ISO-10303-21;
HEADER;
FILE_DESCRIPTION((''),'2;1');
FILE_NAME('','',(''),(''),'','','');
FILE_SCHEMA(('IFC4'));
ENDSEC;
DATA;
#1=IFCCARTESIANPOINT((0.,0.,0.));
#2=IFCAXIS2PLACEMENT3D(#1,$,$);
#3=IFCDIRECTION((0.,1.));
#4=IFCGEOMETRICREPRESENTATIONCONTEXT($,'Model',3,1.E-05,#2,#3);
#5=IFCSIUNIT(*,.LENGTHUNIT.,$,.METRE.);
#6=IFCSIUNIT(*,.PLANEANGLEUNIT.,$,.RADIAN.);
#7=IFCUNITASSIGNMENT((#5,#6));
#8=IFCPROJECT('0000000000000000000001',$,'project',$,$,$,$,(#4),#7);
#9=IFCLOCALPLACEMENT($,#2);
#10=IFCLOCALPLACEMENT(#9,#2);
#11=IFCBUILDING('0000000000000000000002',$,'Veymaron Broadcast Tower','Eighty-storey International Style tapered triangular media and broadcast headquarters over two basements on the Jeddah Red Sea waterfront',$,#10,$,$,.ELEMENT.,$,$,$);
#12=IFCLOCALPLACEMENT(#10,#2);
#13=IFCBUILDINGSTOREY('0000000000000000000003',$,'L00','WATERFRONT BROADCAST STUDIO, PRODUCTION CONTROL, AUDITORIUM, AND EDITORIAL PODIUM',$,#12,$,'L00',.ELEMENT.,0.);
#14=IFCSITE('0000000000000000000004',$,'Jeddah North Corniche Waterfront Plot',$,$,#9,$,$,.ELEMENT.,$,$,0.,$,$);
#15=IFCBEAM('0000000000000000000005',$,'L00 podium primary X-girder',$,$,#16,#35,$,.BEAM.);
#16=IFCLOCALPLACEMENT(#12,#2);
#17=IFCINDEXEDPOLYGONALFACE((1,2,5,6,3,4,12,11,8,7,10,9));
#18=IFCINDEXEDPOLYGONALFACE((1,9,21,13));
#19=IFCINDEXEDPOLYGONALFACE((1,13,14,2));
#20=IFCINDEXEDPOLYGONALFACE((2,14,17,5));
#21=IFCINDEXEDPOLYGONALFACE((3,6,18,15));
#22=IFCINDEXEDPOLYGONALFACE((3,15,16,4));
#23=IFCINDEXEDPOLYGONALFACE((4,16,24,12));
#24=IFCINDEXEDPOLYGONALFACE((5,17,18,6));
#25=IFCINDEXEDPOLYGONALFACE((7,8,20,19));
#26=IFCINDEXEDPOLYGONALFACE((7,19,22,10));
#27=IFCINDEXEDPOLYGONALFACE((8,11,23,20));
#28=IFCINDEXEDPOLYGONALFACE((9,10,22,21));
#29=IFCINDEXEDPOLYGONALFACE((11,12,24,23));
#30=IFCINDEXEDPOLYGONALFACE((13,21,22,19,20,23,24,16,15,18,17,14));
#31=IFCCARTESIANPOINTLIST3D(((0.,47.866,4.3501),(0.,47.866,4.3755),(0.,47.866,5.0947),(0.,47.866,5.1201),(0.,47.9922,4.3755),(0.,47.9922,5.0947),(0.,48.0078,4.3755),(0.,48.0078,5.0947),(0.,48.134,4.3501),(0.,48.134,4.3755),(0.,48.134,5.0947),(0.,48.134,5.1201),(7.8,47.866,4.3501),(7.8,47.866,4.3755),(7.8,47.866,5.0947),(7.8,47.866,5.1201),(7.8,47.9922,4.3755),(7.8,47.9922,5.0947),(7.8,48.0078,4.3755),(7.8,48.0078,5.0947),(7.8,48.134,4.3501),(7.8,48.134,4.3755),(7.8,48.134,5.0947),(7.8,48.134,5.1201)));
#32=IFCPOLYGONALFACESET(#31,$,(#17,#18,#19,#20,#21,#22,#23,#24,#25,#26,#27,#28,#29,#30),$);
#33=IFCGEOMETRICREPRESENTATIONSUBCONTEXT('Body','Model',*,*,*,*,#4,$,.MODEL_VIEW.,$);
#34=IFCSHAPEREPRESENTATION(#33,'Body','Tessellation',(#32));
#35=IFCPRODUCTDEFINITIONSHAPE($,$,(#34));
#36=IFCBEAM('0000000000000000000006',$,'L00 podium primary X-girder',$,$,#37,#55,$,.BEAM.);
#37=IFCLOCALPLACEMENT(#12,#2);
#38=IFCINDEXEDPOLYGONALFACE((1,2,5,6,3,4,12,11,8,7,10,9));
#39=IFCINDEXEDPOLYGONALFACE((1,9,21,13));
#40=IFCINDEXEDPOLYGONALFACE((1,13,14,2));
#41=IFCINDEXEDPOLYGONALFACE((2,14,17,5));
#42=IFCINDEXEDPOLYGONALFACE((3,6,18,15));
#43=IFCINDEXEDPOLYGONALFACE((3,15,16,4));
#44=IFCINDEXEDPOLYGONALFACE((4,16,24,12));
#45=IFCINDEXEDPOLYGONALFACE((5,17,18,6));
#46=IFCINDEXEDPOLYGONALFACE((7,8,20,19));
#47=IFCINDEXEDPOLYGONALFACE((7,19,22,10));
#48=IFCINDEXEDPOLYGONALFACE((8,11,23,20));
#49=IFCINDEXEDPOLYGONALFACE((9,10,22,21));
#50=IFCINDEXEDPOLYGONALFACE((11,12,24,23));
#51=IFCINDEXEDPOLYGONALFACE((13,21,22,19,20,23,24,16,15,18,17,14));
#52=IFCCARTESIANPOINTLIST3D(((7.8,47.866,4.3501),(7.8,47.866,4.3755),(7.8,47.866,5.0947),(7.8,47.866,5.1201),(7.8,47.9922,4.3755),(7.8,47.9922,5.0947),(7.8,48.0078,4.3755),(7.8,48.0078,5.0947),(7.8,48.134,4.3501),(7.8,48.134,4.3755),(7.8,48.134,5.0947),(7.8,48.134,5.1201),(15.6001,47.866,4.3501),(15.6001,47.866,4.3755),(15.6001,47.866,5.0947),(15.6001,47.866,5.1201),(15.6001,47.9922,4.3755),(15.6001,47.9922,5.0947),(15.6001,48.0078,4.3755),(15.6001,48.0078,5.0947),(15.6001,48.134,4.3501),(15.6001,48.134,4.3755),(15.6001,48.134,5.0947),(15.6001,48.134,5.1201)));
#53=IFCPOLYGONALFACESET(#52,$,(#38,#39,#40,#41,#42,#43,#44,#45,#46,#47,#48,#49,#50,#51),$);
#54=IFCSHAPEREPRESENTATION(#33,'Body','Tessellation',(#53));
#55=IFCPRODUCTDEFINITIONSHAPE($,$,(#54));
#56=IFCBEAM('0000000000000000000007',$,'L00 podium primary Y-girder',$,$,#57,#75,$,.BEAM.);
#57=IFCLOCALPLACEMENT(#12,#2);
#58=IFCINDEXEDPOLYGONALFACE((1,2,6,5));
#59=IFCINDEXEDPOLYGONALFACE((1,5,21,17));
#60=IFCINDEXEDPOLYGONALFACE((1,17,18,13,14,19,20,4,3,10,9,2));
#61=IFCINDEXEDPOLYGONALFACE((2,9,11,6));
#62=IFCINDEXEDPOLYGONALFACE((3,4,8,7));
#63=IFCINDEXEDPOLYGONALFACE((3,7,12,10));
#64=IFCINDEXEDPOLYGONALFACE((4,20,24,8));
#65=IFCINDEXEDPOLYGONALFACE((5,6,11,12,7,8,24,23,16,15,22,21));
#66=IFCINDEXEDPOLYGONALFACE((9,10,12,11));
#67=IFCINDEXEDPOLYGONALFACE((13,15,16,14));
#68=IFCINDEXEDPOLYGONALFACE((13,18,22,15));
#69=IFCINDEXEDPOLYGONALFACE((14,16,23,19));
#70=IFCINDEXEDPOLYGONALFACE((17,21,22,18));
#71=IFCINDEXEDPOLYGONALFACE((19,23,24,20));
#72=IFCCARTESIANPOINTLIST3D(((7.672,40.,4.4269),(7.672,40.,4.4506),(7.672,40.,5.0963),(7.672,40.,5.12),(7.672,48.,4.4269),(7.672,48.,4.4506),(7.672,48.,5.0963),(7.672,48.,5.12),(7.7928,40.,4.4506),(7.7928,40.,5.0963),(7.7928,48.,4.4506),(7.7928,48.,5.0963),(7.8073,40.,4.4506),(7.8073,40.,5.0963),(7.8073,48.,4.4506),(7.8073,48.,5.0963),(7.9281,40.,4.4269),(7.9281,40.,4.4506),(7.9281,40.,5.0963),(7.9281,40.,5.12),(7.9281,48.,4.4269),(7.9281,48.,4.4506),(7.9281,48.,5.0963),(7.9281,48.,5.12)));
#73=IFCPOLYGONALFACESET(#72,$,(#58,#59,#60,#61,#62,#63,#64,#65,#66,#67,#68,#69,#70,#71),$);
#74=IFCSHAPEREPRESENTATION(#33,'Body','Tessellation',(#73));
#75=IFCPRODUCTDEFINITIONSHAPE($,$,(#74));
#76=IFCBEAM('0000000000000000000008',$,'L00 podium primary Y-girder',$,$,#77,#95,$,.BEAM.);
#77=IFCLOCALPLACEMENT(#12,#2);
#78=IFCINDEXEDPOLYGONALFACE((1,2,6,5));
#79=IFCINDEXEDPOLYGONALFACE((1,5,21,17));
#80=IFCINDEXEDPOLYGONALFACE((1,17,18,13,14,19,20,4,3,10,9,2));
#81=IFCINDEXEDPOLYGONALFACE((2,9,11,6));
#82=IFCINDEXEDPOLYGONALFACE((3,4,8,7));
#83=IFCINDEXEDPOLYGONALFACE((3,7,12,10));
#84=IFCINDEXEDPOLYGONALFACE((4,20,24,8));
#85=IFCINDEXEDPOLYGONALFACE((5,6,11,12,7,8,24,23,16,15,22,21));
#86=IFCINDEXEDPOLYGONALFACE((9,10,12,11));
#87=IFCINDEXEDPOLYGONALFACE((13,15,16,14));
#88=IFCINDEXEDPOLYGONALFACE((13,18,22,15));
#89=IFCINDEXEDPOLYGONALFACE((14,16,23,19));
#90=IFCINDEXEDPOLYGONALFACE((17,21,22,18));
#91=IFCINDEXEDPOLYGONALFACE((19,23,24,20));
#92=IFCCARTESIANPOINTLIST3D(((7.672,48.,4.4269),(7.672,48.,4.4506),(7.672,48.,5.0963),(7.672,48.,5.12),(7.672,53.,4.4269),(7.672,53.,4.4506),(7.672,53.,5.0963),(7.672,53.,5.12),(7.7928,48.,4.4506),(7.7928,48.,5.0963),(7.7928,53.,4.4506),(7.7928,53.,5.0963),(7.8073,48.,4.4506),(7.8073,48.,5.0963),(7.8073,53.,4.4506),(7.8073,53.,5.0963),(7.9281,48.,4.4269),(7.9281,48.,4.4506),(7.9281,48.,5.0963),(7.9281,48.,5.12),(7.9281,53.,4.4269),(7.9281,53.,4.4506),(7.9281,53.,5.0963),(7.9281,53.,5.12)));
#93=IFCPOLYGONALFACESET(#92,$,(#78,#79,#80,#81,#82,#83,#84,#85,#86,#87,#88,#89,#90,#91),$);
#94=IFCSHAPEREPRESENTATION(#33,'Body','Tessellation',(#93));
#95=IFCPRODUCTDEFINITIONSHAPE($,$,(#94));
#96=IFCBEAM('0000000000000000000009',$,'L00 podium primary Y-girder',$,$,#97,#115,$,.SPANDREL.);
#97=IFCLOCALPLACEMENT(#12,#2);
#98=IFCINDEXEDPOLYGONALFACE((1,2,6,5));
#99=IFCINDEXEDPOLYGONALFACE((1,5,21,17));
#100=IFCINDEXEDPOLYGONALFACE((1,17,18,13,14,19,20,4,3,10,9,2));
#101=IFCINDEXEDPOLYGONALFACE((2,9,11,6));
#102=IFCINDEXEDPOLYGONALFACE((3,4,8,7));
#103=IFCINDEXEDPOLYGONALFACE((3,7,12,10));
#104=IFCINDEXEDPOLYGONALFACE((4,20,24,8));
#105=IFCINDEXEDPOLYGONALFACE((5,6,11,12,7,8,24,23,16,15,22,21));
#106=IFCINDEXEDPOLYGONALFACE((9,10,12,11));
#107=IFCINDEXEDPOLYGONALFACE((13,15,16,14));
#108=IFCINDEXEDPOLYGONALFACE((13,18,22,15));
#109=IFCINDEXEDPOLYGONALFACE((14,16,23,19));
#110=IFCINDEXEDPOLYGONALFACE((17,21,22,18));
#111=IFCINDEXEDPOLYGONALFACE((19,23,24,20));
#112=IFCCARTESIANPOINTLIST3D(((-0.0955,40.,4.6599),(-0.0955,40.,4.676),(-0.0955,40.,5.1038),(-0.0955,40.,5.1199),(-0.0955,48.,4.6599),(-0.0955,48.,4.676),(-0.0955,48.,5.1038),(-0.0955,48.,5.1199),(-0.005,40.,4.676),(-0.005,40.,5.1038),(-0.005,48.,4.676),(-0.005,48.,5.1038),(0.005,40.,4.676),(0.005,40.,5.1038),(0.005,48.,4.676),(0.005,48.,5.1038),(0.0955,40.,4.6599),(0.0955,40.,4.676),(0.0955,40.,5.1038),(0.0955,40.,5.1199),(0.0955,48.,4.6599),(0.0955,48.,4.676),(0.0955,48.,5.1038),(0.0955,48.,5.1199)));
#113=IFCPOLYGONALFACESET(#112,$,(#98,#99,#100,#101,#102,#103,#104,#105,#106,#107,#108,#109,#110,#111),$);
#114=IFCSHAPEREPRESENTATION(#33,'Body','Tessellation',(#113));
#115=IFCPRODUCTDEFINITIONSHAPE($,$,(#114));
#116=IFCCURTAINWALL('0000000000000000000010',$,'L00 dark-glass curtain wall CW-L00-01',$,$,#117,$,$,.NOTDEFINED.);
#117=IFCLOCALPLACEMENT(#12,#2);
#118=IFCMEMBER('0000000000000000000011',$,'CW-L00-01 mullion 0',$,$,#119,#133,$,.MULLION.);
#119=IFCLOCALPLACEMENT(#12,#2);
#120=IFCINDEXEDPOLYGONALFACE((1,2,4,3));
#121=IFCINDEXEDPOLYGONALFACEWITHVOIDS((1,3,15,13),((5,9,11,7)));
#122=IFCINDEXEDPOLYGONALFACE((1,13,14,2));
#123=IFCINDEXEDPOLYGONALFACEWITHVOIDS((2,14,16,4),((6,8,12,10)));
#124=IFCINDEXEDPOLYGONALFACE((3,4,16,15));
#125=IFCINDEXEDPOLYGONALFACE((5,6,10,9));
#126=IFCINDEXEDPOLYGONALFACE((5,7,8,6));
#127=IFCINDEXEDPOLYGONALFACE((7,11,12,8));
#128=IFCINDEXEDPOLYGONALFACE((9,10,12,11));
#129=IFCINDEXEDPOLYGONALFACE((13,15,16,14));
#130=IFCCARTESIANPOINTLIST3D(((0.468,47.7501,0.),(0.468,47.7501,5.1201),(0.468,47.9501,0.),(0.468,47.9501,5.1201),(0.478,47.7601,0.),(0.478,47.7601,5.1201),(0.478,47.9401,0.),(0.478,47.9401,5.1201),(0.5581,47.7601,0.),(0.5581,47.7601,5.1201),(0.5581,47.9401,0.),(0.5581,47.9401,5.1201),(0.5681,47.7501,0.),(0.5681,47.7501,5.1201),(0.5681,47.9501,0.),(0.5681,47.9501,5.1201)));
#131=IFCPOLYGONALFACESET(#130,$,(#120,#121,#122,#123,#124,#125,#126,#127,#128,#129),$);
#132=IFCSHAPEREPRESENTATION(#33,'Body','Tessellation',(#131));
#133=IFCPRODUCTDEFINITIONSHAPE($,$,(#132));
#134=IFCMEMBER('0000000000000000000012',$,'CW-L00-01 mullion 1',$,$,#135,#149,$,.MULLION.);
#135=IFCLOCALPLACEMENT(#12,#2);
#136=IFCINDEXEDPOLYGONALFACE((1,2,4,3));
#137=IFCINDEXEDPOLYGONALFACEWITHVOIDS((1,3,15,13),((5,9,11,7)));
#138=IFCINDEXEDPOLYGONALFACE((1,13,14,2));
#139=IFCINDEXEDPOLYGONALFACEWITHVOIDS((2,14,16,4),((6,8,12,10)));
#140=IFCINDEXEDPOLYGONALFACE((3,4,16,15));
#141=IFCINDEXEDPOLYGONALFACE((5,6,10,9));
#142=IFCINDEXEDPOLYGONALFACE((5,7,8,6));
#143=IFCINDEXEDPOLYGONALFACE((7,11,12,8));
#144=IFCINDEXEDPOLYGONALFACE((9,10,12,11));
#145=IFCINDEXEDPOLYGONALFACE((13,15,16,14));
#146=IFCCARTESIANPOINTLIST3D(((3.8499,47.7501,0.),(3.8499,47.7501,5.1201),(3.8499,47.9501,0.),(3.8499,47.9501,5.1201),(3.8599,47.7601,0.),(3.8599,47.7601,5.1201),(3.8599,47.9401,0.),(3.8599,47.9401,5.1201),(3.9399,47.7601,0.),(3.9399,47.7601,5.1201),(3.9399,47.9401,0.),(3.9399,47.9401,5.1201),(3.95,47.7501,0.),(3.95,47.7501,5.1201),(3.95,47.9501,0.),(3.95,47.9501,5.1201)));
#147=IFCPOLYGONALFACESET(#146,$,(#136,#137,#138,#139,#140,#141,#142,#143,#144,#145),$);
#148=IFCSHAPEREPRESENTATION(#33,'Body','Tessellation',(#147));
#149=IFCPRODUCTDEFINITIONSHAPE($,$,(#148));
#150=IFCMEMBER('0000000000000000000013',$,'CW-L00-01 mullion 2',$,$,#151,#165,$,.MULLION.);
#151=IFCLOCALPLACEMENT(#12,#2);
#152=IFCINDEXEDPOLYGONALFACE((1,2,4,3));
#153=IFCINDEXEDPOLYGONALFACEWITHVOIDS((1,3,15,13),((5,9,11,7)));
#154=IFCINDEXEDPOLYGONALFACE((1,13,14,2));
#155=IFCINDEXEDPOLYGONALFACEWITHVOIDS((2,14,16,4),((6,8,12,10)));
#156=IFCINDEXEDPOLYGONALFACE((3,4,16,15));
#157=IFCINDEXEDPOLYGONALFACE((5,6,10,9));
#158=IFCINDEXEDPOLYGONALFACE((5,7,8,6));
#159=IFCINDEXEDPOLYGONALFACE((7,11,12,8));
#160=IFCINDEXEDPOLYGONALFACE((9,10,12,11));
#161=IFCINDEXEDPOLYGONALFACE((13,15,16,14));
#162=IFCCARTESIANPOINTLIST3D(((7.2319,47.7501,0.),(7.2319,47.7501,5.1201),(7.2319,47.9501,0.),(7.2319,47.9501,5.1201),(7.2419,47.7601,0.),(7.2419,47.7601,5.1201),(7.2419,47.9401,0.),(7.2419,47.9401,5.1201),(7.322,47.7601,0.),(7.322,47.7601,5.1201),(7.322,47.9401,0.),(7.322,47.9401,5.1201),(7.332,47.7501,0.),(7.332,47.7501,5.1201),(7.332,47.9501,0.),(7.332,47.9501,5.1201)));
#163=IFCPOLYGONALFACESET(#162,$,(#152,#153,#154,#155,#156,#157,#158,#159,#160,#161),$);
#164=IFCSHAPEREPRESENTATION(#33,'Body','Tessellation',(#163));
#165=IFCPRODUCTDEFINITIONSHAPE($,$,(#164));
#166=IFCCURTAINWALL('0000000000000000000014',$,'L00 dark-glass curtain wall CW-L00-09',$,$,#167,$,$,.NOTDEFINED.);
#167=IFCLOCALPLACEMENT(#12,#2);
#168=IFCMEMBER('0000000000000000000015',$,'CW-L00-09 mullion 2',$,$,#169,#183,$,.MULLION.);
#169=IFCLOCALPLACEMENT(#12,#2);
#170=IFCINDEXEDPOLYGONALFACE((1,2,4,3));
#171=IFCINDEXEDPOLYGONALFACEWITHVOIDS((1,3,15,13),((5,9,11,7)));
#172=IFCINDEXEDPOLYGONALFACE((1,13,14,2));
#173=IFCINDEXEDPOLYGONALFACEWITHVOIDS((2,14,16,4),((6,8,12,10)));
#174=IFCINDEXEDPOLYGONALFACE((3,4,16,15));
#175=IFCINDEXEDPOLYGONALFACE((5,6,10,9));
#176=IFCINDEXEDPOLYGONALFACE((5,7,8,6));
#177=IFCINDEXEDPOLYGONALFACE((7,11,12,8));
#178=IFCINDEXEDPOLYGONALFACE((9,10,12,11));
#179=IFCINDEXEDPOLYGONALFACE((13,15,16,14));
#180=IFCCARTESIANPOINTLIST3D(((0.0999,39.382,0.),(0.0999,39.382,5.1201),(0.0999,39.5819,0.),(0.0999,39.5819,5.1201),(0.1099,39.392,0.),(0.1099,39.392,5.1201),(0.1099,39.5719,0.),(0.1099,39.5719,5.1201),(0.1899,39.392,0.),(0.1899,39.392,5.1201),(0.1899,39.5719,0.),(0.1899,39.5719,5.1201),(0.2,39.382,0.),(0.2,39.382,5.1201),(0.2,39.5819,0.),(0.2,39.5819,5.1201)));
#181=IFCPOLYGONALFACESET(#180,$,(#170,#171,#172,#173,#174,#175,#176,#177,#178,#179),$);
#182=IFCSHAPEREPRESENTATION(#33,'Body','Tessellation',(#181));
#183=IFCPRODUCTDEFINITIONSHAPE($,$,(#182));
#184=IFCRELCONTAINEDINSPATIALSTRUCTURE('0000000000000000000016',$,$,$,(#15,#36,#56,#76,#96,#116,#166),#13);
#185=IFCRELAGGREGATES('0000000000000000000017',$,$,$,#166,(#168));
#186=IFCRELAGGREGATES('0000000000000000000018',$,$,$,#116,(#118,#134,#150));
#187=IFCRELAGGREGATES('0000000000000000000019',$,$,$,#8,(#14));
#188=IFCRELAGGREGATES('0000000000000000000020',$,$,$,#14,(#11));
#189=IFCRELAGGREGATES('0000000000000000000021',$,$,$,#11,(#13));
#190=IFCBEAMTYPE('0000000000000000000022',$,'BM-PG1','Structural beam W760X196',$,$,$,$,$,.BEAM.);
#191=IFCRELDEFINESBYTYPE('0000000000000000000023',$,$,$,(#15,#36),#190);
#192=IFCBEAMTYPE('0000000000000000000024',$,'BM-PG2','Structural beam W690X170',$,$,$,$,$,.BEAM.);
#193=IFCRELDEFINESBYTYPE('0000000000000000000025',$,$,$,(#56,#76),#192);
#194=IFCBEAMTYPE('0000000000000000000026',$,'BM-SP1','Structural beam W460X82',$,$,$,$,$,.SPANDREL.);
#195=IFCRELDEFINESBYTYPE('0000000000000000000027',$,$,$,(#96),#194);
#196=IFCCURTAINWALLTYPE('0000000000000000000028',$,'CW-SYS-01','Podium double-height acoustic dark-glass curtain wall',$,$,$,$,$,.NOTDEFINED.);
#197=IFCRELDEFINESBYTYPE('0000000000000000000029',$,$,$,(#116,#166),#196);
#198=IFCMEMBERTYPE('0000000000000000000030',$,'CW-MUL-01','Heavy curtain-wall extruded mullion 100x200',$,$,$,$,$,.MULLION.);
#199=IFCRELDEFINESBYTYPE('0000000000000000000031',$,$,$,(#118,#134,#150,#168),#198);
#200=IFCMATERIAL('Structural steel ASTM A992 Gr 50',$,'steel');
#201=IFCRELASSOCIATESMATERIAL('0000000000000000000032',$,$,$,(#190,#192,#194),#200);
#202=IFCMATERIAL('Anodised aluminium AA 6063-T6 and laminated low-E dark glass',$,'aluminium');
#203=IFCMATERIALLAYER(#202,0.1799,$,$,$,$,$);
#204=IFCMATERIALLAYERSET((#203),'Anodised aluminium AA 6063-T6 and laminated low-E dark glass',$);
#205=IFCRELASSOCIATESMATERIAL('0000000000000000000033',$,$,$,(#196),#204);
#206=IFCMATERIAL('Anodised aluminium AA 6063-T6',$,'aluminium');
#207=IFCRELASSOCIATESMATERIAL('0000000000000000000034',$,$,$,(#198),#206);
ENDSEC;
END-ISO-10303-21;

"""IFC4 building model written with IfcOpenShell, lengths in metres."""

from ifc_helpers import new_model, si_unit, direction, frame, origin, origin_2d, place, context, subcontext, project, spatial, hollow_rectangle, i_section, extrude, material, layer, layer_set, material_profile, profile_set, type_object, element, aggregate, save


model = new_model("IFC4")

# Units and contexts
model_context = context("Model", 3, precision=1e-05, world=origin(), true_north=direction((0.0, 1.0)))
body_context = subcontext(model_context, "Body", "Model", "MODEL_VIEW")
ifc_project = project(units=[si_unit("LENGTHUNIT", "METRE"), si_unit("PLANEANGLEUNIT", "RADIAN")], contexts=[model_context])

# Site, building, storey
site_placement = place(None, origin())
site = spatial("IfcSite", under=ifc_project, at=site_placement, Name="Jeddah North Corniche Waterfront Plot", CompositionType="ELEMENT", RefElevation=0.0)
building_placement = place(site_placement, origin())
building = spatial("IfcBuilding", under=site, at=building_placement, Name="Veymaron Broadcast Tower", Description="Eighty-storey International Style tapered triangular media and broadcast headquarters over two basements on the Jeddah Red Sea waterfront", CompositionType="ELEMENT")
storey_placement = place(building_placement, origin())
storey = spatial("IfcBuildingStorey", under=building, at=storey_placement, Name="L00", Description="WATERFRONT BROADCAST STUDIO, PRODUCTION CONTROL, AUDITORIUM, AND EDITORIAL PODIUM", LongName="L00", CompositionType="ELEMENT", Elevation=0.0)

# Shared definitions
ifc_material_1 = material(Name="Structural steel ASTM A992 Gr 50", Category="steel")

# Beams
ifc_material_profile_1 = material_profile(ifc_material_1, i_section(OverallWidth=0.2681, OverallDepth=0.77, WebThickness=0.0156, FlangeThickness=0.0254, at=origin_2d()), Name="W760X196")
ifc_profile_set_1 = profile_set([ifc_material_profile_1], Name="Structural steel ASTM A992 Gr 50")
beam_type_1 = type_object("IfcBeamType", Name="BM-PG1", Description="Structural beam W760X196", PredefinedType="BEAM", material=ifc_profile_set_1)
for number, where, z_axis, x_axis, name in (
    (1, (0.0, 48.0, 4.7351), (1.0, 0.0, 0.0), (0.0, 1.0, 0.0), "L00 podium primary X-girder"),
    (2, (7.8, 48.0, 4.7351), (1.0, 0.0, 0.0), (0.0, 1.0, 0.0), "L00 podium primary X-girder"),
):
    element("IfcBeam", number, at=place(storey_placement, frame(where, z_axis=z_axis, x_axis=x_axis)), inside=storey, type_object=beam_type_1, Name=name, PredefinedType="BEAM", context=body_context, shape_type="SweptSolid", body=[
        extrude(i_section(OverallWidth=0.2681, OverallDepth=0.77, WebThickness=0.0156, FlangeThickness=0.0254, at=origin_2d()), origin(), (0.0, 0.0, 1.0), 7.8),
    ])
ifc_material_profile_2 = material_profile(ifc_material_1, i_section(OverallWidth=0.2561, OverallDepth=0.6931, WebThickness=0.0144, FlangeThickness=0.0237, at=origin_2d()), Name="W690X170")
ifc_profile_set_2 = profile_set([ifc_material_profile_2], Name="Structural steel ASTM A992 Gr 50")
beam_type_2 = type_object("IfcBeamType", Name="BM-PG2", Description="Structural beam W690X170", PredefinedType="BEAM", material=ifc_profile_set_2)
beam_1_placement = place(storey_placement, frame((7.8, 40.0, 4.7734), z_axis=(0.0, 1.0, 0.0), x_axis=(-1.0, 0.0, 0.0)))
element("IfcBeam", 3, at=beam_1_placement, inside=storey, type_object=beam_type_2, Name="L00 podium primary Y-girder", PredefinedType="BEAM", context=body_context, shape_type="SweptSolid", body=[
    extrude(i_section(OverallWidth=0.2561, OverallDepth=0.6931, WebThickness=0.0144, FlangeThickness=0.0237, at=origin_2d()), origin(), (0.0, 0.0, 1.0), 8.0),
])
beam_2_placement = place(storey_placement, frame((7.8, 48.0, 4.7734), z_axis=(0.0, 1.0, 0.0), x_axis=(-1.0, 0.0, 0.0)))
element("IfcBeam", 4, at=beam_2_placement, inside=storey, type_object=beam_type_2, Name="L00 podium primary Y-girder", PredefinedType="BEAM", context=body_context, shape_type="SweptSolid", body=[
    extrude(i_section(OverallWidth=0.2561, OverallDepth=0.6931, WebThickness=0.0144, FlangeThickness=0.0237, at=origin_2d()), origin(), (0.0, 0.0, 1.0), 5.0),
])
ifc_material_profile_3 = material_profile(ifc_material_1, i_section(OverallWidth=0.1909, OverallDepth=0.46, WebThickness=0.01, FlangeThickness=0.0161, at=origin_2d()), Name="W460X82")
ifc_profile_set_3 = profile_set([ifc_material_profile_3], Name="Structural steel ASTM A992 Gr 50")
beam_type_3 = type_object("IfcBeamType", Name="BM-SP1", Description="Structural beam W460X82", PredefinedType="SPANDREL", material=ifc_profile_set_3)
beam_3_placement = place(storey_placement, frame((0.0, 40.0, 4.8899), z_axis=(0.0, 1.0, 0.0), x_axis=(-1.0, 0.0, 0.0)))
element("IfcBeam", 5, at=beam_3_placement, inside=storey, type_object=beam_type_3, Name="L00 podium primary Y-girder", PredefinedType="SPANDREL", context=body_context, shape_type="SweptSolid", body=[
    extrude(i_section(OverallWidth=0.1909, OverallDepth=0.46, WebThickness=0.01, FlangeThickness=0.0161, at=origin_2d()), origin(), (0.0, 0.0, 1.0), 8.0),
])

# Curtain wall, members
ifc_material_2 = material(Name="Anodised aluminium AA 6063-T6 and laminated low-E dark glass", Category="aluminium")
ifc_layer_1 = layer(ifc_material_2, 0.1799)
ifc_layer_set_1 = layer_set([ifc_layer_1], Name="Anodised aluminium AA 6063-T6 and laminated low-E dark glass")
curtain_wall_type = type_object("IfcCurtainWallType", Name="CW-SYS-01", Description="Podium double-height acoustic dark-glass curtain wall", PredefinedType="NOTDEFINED", material=ifc_layer_set_1)
curtain_wall_1_placement = place(storey_placement, origin())
curtain_wall_1 = element("IfcCurtainWall", 6, at=curtain_wall_1_placement, inside=storey, type_object=curtain_wall_type, Name="L00 dark-glass curtain wall CW-L00-01", PredefinedType="NOTDEFINED")
ifc_material_3 = material(Name="Anodised aluminium AA 6063-T6", Category="aluminium")
ifc_material_profile_4 = material_profile(ifc_material_3, hollow_rectangle(XDim=0.1001, YDim=0.2, WallThickness=0.01, at=origin_2d()), Name="RHS200X100X10")
ifc_profile_set_4 = profile_set([ifc_material_profile_4], Name="Anodised aluminium AA 6063-T6")
member_type_1 = type_object("IfcMemberType", Name="CW-MUL-01", Description="Heavy curtain-wall extruded mullion 100x200", PredefinedType="MULLION", material=ifc_profile_set_4)
member_1_placement = place(storey_placement, frame((0.5181, 47.8501, 0.0), z_axis=(0.0, 0.0, 1.0), x_axis=(1.0, 0.0, 0.0)))
member_1 = element("IfcMember", 7, at=member_1_placement, type_object=member_type_1, Name="CW-L00-01 mullion 0", PredefinedType="MULLION", context=body_context, shape_type="SweptSolid", body=[
    extrude(hollow_rectangle(XDim=0.1001, YDim=0.2, WallThickness=0.01, at=origin_2d()), origin(), (0.0, 0.0, 1.0), 5.1201),
])
member_2_placement = place(storey_placement, frame((3.8999, 47.8501, 0.0), z_axis=(0.0, 0.0, 1.0), x_axis=(1.0, 0.0, 0.0)))
member_2 = element("IfcMember", 8, at=member_2_placement, type_object=member_type_1, Name="CW-L00-01 mullion 1", PredefinedType="MULLION", context=body_context, shape_type="SweptSolid", body=[
    extrude(hollow_rectangle(XDim=0.1001, YDim=0.2, WallThickness=0.01, at=origin_2d()), origin(), (0.0, 0.0, 1.0), 5.1201),
])
member_3_placement = place(storey_placement, frame((7.282, 47.8501, 0.0), z_axis=(0.0, 0.0, 1.0), x_axis=(1.0, 0.0, 0.0)))
member_3 = element("IfcMember", 9, at=member_3_placement, type_object=member_type_1, Name="CW-L00-01 mullion 2", PredefinedType="MULLION", context=body_context, shape_type="SweptSolid", body=[
    extrude(hollow_rectangle(XDim=0.1001, YDim=0.2, WallThickness=0.01, at=origin_2d()), origin(), (0.0, 0.0, 1.0), 5.1201),
])

# Curtain wall, member
curtain_wall_2_placement = place(storey_placement, origin())
curtain_wall_2 = element("IfcCurtainWall", 10, at=curtain_wall_2_placement, inside=storey, type_object=curtain_wall_type, Name="L00 dark-glass curtain wall CW-L00-09", PredefinedType="NOTDEFINED")
member_4_placement = place(storey_placement, frame((0.1499, 39.4819, 0.0), z_axis=(0.0, 0.0, 1.0), x_axis=(1.0, 0.0, 0.0)))
member_4 = element("IfcMember", 11, at=member_4_placement, type_object=member_type_1, Name="CW-L00-09 mullion 2", PredefinedType="MULLION", context=body_context, shape_type="SweptSolid", body=[
    extrude(hollow_rectangle(XDim=0.1001, YDim=0.2, WallThickness=0.01, at=origin_2d()), origin(), (0.0, 0.0, 1.0), 5.1201),
])
aggregate(curtain_wall_2, [member_4])

aggregate(curtain_wall_1, [member_1, member_2, member_3])

save(model, "model.ifc")
